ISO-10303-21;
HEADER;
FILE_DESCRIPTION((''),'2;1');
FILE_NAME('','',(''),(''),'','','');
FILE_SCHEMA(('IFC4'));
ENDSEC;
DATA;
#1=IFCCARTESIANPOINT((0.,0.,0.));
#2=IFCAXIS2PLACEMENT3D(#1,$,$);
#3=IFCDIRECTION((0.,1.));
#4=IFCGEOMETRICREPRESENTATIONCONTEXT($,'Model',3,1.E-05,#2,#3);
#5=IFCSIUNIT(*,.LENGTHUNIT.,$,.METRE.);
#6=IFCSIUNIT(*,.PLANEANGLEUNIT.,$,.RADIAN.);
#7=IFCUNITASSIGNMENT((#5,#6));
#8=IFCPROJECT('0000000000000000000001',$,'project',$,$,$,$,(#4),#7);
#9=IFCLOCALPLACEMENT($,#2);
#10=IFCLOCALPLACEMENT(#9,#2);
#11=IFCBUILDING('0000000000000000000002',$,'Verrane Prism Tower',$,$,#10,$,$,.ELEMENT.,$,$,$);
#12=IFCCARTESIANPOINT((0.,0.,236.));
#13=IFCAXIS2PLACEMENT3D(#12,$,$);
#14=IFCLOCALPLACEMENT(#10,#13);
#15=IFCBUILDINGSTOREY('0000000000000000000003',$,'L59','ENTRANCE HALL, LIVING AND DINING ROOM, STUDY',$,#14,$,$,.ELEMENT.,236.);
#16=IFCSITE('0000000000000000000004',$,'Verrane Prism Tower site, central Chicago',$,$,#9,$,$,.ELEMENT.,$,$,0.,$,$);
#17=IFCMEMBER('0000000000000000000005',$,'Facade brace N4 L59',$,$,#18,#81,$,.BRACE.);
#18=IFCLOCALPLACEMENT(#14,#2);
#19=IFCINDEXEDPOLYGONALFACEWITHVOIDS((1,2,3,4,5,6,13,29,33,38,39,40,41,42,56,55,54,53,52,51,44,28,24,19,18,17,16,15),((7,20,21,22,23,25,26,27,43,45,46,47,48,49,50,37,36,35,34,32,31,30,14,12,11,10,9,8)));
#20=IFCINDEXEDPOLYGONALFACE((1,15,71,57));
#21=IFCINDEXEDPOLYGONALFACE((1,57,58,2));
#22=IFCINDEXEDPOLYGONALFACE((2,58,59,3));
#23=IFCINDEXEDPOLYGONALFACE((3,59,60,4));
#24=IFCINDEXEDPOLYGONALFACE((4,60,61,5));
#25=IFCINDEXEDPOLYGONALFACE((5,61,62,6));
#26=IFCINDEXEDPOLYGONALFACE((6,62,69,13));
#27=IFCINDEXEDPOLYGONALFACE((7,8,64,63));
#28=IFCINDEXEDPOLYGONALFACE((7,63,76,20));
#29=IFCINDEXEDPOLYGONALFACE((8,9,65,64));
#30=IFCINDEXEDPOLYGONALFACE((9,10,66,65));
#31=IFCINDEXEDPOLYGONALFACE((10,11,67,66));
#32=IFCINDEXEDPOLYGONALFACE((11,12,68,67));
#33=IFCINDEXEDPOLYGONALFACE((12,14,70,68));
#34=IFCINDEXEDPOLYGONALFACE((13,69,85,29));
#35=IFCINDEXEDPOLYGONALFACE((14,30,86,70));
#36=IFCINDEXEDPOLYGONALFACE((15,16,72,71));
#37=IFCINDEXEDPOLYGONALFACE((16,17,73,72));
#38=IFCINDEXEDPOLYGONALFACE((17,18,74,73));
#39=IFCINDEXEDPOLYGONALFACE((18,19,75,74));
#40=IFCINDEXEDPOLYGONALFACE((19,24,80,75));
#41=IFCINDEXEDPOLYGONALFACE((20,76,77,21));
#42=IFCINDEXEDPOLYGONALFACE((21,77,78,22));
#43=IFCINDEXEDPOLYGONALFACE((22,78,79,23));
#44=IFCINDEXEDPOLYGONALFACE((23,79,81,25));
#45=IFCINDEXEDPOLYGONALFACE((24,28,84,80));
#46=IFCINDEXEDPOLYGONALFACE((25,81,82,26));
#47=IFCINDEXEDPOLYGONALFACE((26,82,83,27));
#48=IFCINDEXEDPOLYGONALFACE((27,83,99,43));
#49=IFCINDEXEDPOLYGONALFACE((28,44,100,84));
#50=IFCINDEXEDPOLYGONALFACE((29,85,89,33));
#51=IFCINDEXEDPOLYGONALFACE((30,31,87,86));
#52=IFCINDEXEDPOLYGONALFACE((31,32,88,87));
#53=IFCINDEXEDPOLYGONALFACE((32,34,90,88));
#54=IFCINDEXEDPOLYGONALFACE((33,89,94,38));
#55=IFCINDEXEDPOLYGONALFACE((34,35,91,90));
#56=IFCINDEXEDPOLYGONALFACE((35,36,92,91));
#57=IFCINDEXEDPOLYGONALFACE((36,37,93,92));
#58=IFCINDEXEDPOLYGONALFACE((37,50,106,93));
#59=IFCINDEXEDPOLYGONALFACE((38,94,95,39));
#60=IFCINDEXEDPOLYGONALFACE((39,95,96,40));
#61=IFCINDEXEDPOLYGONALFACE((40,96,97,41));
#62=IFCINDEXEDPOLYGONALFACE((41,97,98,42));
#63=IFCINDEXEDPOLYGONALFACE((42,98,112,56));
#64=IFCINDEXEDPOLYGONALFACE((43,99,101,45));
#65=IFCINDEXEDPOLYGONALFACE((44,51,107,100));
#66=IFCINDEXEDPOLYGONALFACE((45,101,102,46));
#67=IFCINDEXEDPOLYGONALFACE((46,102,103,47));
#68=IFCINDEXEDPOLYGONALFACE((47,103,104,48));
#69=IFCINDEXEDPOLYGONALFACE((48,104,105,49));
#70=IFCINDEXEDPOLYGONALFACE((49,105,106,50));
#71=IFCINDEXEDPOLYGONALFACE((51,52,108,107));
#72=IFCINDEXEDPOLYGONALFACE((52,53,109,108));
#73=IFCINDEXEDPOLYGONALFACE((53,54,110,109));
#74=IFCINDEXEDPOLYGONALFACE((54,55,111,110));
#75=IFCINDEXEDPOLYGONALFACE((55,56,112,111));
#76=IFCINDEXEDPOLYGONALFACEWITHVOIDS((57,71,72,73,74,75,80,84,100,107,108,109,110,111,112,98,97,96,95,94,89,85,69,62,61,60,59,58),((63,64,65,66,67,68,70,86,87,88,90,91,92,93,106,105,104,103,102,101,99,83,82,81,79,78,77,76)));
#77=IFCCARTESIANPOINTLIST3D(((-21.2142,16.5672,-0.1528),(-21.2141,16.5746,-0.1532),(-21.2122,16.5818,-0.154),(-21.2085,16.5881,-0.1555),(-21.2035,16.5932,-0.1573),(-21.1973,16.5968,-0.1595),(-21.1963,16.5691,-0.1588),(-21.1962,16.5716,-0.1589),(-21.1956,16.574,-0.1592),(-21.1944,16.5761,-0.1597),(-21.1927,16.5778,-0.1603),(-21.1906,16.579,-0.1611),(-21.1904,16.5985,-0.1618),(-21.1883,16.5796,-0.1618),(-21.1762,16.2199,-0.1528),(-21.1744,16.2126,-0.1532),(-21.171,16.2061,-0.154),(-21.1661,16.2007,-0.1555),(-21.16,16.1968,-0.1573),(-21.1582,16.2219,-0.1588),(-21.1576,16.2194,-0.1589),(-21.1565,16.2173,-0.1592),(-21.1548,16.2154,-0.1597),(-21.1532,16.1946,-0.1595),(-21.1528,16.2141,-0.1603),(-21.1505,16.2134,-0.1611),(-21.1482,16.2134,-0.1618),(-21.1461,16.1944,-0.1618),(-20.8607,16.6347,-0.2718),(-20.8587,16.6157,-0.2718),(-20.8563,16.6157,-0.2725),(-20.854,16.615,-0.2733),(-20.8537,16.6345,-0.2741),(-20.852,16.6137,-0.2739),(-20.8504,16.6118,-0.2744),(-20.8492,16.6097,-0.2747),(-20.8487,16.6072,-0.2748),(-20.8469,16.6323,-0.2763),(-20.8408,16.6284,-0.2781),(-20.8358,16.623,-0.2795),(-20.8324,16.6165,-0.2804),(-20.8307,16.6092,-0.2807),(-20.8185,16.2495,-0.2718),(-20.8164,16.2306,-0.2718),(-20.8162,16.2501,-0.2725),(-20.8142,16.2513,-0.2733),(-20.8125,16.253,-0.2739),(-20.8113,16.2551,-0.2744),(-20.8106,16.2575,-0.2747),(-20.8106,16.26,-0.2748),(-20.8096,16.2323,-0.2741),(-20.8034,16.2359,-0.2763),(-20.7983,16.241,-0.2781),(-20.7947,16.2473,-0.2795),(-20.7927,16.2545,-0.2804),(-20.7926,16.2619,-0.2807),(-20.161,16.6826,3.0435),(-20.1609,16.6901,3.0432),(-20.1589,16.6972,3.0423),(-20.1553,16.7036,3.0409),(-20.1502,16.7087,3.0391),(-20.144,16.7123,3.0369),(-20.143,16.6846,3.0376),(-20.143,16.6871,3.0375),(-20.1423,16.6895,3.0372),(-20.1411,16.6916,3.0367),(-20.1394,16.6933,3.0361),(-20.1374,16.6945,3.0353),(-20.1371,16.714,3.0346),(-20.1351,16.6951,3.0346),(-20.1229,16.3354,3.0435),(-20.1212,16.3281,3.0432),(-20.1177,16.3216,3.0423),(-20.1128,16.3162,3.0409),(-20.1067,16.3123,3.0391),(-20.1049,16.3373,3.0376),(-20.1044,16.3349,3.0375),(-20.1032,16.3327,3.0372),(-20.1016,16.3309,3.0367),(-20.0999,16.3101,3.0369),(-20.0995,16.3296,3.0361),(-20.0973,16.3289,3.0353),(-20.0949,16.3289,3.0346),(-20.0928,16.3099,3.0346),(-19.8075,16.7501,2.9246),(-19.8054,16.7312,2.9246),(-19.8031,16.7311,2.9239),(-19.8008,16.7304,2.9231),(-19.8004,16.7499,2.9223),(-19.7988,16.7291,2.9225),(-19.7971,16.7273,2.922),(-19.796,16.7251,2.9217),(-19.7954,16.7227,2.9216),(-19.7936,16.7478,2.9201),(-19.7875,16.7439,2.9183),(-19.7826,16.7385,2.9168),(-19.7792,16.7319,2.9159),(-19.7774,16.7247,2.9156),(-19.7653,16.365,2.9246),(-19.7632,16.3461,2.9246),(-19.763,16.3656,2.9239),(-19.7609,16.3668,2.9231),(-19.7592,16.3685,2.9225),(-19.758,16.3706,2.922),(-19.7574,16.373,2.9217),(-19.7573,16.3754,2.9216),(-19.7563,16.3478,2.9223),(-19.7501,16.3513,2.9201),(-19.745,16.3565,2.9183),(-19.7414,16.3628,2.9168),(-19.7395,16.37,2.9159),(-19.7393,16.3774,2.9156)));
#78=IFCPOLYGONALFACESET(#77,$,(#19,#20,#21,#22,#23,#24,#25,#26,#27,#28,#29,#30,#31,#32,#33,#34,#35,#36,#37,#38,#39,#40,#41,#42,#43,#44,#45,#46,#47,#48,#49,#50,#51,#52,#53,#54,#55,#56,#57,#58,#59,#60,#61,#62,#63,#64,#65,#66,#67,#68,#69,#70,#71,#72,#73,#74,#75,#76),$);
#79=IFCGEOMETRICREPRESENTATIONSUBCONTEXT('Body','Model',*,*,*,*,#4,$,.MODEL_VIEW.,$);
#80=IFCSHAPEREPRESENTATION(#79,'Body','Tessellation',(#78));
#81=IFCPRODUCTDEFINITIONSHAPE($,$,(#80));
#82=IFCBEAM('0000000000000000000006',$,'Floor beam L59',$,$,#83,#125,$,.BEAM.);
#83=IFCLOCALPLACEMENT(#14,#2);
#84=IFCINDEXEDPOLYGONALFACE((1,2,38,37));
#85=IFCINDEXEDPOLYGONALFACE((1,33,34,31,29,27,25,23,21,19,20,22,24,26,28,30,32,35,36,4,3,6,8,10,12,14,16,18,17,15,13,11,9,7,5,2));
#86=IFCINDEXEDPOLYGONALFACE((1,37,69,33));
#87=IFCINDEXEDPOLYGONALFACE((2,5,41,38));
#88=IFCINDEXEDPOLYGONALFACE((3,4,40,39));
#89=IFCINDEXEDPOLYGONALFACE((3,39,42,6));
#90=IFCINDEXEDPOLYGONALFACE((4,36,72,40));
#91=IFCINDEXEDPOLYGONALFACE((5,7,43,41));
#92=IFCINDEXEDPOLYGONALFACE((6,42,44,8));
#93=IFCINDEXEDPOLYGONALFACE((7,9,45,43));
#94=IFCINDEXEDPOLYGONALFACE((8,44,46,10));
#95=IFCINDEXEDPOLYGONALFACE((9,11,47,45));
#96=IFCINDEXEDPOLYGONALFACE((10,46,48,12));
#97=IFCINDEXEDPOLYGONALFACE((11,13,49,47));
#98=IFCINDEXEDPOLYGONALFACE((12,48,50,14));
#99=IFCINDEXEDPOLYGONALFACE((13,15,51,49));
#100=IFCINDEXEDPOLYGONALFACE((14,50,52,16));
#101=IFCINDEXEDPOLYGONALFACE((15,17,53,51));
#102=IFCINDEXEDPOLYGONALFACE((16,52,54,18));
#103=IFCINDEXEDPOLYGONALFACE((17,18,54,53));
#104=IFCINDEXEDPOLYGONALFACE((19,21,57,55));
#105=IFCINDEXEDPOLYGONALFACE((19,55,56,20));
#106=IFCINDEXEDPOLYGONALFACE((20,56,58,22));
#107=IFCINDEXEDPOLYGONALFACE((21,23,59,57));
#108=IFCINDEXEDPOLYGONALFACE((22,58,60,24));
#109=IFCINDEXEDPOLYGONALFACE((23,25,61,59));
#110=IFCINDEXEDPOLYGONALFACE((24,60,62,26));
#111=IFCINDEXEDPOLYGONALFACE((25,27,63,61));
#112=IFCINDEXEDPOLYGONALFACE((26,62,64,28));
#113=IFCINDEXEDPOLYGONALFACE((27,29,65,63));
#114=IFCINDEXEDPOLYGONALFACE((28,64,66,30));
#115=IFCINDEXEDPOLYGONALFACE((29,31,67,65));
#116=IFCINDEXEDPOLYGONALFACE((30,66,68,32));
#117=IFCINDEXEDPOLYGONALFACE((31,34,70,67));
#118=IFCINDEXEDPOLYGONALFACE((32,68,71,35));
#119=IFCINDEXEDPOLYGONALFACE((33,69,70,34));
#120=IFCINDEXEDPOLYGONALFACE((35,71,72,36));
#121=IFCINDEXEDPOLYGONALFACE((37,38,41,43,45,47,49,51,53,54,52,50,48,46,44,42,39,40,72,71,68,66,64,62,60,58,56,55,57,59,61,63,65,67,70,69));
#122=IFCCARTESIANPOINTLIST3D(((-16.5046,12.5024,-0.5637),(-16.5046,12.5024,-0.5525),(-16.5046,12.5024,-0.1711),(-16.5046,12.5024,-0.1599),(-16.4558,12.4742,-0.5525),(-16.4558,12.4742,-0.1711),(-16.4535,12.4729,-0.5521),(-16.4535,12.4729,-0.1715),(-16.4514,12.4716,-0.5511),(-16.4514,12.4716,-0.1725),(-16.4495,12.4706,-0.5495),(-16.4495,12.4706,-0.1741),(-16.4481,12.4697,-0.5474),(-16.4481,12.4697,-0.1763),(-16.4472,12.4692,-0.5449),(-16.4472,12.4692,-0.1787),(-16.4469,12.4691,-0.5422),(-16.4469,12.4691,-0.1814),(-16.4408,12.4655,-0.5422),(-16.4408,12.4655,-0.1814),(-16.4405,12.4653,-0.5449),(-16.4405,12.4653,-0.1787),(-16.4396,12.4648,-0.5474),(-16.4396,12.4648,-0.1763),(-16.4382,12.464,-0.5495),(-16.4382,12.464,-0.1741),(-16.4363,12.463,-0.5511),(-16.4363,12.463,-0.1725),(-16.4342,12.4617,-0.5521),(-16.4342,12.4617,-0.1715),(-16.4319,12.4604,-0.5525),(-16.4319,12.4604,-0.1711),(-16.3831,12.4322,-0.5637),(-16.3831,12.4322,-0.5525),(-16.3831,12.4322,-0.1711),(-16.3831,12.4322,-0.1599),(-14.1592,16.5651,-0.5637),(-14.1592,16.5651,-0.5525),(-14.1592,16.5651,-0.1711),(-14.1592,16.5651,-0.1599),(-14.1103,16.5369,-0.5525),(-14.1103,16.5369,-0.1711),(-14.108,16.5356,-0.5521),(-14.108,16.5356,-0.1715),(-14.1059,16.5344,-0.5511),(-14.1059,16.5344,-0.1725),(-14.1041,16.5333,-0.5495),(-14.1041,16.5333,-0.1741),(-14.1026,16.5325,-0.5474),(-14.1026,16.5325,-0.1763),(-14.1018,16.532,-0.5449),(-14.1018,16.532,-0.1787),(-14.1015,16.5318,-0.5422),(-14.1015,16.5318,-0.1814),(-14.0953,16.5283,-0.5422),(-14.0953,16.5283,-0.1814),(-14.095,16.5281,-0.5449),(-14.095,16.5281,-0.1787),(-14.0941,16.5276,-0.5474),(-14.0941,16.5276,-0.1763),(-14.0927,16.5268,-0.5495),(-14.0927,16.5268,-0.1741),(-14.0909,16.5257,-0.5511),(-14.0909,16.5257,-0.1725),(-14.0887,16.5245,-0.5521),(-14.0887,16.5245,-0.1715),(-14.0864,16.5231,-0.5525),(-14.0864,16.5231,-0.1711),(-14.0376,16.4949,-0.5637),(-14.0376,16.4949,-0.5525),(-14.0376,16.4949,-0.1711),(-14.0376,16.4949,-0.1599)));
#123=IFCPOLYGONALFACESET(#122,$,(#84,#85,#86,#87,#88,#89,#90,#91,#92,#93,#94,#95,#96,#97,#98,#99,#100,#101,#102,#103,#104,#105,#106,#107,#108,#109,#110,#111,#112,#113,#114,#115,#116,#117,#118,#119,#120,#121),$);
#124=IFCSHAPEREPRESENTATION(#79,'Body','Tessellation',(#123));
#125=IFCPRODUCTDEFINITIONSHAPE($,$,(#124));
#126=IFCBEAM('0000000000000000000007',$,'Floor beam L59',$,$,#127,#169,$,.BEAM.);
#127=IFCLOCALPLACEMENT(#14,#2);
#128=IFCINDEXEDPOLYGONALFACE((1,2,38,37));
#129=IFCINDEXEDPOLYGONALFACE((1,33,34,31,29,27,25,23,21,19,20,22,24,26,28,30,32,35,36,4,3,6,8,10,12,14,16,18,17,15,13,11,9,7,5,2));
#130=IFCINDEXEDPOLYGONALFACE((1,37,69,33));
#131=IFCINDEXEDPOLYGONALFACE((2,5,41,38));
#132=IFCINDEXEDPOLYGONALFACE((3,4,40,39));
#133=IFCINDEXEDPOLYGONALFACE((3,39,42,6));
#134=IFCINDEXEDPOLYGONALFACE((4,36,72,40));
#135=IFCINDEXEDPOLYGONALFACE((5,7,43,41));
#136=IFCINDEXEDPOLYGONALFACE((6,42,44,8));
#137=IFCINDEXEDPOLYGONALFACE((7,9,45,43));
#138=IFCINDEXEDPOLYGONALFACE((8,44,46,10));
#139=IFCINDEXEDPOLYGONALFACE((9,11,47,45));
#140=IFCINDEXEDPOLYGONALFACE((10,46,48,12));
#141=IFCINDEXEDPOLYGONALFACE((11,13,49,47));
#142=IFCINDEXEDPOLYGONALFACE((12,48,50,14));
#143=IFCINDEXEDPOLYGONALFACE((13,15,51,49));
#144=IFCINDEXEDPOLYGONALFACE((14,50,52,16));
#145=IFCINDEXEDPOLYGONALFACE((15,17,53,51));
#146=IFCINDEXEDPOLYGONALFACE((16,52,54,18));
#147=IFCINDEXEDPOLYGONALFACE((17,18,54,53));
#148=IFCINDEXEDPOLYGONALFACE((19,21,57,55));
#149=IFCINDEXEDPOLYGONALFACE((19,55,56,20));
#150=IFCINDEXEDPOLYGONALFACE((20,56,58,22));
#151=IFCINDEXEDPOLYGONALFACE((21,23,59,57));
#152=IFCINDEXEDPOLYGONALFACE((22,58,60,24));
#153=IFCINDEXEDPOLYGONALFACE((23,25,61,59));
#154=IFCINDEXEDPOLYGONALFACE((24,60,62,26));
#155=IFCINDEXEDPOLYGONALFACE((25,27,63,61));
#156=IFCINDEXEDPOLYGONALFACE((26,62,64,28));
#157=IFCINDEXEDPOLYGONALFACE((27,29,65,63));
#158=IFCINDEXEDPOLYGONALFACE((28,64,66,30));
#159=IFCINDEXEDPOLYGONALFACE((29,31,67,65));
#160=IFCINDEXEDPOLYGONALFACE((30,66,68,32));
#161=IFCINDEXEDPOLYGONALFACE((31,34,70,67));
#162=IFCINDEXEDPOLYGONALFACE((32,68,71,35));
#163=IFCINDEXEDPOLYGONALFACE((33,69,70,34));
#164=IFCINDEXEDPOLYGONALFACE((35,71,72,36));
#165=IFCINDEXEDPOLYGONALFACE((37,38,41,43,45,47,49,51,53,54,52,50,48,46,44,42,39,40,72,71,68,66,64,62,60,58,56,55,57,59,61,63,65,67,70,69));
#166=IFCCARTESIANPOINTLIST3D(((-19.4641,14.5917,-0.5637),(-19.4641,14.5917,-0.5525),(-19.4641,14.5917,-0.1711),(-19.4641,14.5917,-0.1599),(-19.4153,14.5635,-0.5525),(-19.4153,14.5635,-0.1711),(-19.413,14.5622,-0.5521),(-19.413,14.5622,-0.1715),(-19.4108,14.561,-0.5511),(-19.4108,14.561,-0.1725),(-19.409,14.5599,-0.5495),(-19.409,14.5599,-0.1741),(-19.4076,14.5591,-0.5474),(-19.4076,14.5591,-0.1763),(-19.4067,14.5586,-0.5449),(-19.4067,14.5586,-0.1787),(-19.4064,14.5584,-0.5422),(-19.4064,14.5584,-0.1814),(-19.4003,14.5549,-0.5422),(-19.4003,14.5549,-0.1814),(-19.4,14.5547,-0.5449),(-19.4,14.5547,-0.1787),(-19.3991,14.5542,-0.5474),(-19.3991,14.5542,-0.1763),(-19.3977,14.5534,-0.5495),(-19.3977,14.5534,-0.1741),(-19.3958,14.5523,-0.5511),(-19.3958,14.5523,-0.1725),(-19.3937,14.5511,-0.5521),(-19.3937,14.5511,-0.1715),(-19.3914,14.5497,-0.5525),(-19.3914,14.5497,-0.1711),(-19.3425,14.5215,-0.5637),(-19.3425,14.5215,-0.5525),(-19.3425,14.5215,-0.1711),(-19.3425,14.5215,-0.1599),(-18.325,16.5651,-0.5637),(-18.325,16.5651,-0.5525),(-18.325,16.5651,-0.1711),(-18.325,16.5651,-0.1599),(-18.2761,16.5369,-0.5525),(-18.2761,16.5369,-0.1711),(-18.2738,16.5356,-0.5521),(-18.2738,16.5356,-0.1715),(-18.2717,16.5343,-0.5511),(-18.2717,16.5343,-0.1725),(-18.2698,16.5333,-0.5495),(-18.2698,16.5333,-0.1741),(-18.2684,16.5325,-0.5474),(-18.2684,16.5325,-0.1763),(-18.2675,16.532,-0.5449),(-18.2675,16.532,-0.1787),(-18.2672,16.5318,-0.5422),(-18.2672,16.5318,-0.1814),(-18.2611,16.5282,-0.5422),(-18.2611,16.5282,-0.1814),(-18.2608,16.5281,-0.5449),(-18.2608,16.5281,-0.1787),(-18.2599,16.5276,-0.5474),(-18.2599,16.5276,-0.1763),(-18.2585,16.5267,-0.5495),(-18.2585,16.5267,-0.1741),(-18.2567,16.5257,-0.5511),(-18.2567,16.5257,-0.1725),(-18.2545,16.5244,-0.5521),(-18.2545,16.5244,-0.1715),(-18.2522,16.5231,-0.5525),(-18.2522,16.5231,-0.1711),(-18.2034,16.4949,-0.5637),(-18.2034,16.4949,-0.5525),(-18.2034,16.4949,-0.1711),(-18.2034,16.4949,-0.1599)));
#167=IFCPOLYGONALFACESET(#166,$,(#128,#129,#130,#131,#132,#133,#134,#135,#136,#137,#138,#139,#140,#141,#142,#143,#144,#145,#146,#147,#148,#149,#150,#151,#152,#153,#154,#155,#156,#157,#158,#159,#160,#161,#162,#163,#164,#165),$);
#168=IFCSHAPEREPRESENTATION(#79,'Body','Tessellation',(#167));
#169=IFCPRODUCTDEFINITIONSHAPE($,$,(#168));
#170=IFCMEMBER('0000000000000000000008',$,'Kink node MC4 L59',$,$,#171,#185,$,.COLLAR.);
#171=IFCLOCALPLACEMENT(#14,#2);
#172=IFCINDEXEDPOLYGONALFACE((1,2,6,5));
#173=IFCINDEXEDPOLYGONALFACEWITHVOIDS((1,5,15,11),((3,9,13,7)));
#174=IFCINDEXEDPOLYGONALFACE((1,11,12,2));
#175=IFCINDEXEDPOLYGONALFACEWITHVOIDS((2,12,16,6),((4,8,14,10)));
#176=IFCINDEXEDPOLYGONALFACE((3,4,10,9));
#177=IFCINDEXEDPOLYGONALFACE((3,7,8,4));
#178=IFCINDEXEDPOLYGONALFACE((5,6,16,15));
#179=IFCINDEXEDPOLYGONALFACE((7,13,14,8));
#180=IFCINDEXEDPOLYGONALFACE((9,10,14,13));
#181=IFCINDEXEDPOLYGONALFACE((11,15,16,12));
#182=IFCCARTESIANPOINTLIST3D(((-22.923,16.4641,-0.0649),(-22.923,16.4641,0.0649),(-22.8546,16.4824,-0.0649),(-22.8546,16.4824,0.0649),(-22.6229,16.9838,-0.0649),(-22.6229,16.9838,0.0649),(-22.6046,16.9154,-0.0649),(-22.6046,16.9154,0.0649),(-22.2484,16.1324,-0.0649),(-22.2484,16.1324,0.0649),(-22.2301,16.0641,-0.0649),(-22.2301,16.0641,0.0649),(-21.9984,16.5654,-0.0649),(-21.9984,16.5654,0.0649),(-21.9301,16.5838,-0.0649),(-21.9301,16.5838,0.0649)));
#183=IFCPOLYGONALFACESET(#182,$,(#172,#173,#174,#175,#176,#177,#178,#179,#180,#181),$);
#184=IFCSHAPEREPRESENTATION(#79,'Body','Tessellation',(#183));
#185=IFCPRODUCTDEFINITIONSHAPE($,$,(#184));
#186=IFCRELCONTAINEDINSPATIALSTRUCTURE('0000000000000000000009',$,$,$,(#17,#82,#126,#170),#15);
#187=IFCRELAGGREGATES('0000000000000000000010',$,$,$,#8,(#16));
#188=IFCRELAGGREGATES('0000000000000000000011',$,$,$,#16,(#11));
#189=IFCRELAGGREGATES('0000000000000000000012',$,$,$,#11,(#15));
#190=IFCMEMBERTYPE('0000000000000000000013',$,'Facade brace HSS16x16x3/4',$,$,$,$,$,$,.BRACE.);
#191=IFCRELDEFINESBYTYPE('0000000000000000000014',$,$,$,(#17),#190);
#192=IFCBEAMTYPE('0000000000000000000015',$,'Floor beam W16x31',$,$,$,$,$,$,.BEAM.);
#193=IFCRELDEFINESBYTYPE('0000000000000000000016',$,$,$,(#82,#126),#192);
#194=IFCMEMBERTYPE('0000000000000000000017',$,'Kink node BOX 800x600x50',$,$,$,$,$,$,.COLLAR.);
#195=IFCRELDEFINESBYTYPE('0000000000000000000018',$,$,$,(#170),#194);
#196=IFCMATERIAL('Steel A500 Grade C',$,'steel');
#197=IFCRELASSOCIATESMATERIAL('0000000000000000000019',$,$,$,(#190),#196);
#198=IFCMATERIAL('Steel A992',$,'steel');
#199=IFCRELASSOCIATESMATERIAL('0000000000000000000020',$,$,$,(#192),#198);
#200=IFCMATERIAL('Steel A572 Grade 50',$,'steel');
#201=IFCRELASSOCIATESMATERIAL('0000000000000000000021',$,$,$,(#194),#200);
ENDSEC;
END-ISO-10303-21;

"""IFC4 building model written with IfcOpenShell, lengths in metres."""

from ifc_helpers import new_model, si_unit, direction, frame, origin, origin_2d, place, context, subcontext, project, spatial, hollow_rectangle, i_section, extrude, material, material_profile, profile_set, type_object, element, save


model = new_model("IFC4")

# Units and contexts
model_context = context("Model", 3, precision=1e-05, world=origin(), true_north=direction((0.0, 1.0)))
body_context = subcontext(model_context, "Body", "Model", "MODEL_VIEW")
ifc_project = project(units=[si_unit("LENGTHUNIT", "METRE"), si_unit("PLANEANGLEUNIT", "RADIAN")], contexts=[model_context])

# Site, building, storey
site_placement = place(None, origin())
site = spatial("IfcSite", under=ifc_project, at=site_placement, Name="Verrane Prism Tower site, central Chicago", CompositionType="ELEMENT", RefElevation=0.0)
building_placement = place(site_placement, origin())
building = spatial("IfcBuilding", under=site, at=building_placement, Name="Verrane Prism Tower", CompositionType="ELEMENT")
storey_placement = place(building_placement, frame((0.0, 0.0, 236.0)))
storey = spatial("IfcBuildingStorey", under=building, at=storey_placement, Name="L59", Description="ENTRANCE HALL, LIVING AND DINING ROOM, STUDY", CompositionType="ELEMENT", Elevation=236.0)

# Member
ifc_material_1 = material(Name="Steel A500 Grade C", Category="steel")
ifc_material_profile_1 = material_profile(ifc_material_1, hollow_rectangle(XDim=0.4065, YDim=0.4065, WallThickness=0.019, InnerFilletRadius=0.0095, OuterFilletRadius=0.0286, at=origin_2d()), Name="HSS16x16x3/4")
ifc_profile_set_1 = profile_set([ifc_material_profile_1], Name="Steel A500 Grade C")
member_type_1 = type_object("IfcMemberType", Name="Facade brace HSS16x16x3/4", PredefinedType="BRACE", material=ifc_profile_set_1)
member_1_placement = place(storey_placement, frame((-21.0034, 16.4146, -0.2168), z_axis=(0.312777, 0.034294, 0.949207), x_axis=(-0.10899, 0.994043, 0.0)))
element("IfcMember", 1, at=member_1_placement, inside=storey, type_object=member_type_1, Name="Facade brace N4 L59", PredefinedType="BRACE", context=body_context, shape_type="SweptSolid", body=[
    extrude(hollow_rectangle(XDim=0.4065, YDim=0.4065, WallThickness=0.019, InnerFilletRadius=0.0095, OuterFilletRadius=0.0286, at=origin_2d()), origin(), (0.0, 0.0, 1.0), 3.3674),
])

# Beams
ifc_material_2 = material(Name="Steel A992", Category="steel")
ifc_material_profile_2 = material_profile(ifc_material_2, i_section(OverallWidth=0.1404, OverallDepth=0.4038, WebThickness=0.0071, FlangeThickness=0.0112, FilletRadius=0.0103, at=origin_2d()), Name="W16x31")
ifc_profile_set_2 = profile_set([ifc_material_profile_2], Name="Steel A992")
beam_type_1 = type_object("IfcBeamType", Name="Floor beam W16x31", PredefinedType="BEAM", material=ifc_profile_set_2)
beam_1_placement = place(storey_placement, frame((-16.4438, 12.4673, -0.3618), z_axis=(0.499973, 0.866041, 0.0), x_axis=(-0.866041, 0.499973, 0.0)))
element("IfcBeam", 2, at=beam_1_placement, inside=storey, type_object=beam_type_1, Name="Floor beam L59", PredefinedType="BEAM", context=body_context, shape_type="SweptSolid", body=[
    extrude(i_section(OverallWidth=0.1404, OverallDepth=0.4038, WebThickness=0.0071, FlangeThickness=0.0112, FilletRadius=0.0103, at=origin_2d()), origin(), (0.0, 0.0, 1.0), 4.6912),
])
beam_2_placement = place(storey_placement, frame((-19.4033, 14.5566, -0.3618), z_axis=(0.499942, 0.866059, 0.0), x_axis=(-0.866059, 0.499942, 0.0)))
element("IfcBeam", 3, at=beam_2_placement, inside=storey, type_object=beam_type_1, Name="Floor beam L59", PredefinedType="BEAM", context=body_context, shape_type="SweptSolid", body=[
    extrude(i_section(OverallWidth=0.1404, OverallDepth=0.4038, WebThickness=0.0071, FlangeThickness=0.0112, FilletRadius=0.0103, at=origin_2d()), origin(), (0.0, 0.0, 1.0), 2.2786),
])

# Member
ifc_material_3 = material(Name="Steel A572 Grade 50", Category="steel")
ifc_material_profile_3 = material_profile(ifc_material_3, hollow_rectangle(XDim=0.6001, YDim=0.8, WallThickness=0.05, at=origin_2d()), Name="BOX 800x600x50")
ifc_profile_set_3 = profile_set([ifc_material_profile_3], Name="Steel A572 Grade 50")
member_type_2 = type_object("IfcMemberType", Name="Kink node BOX 800x600x50", PredefinedType="COLLAR", material=ifc_profile_set_3)
member_2_placement = place(storey_placement, frame((-22.4265, 16.5239, -0.0649), z_axis=(0.0, 0.0, 1.0), x_axis=(0.5, 0.866025, 0.0)))
element("IfcMember", 4, at=member_2_placement, inside=storey, type_object=member_type_2, Name="Kink node MC4 L59", PredefinedType="COLLAR", context=body_context, shape_type="SweptSolid", body=[
    extrude(hollow_rectangle(XDim=0.6001, YDim=0.8, WallThickness=0.05, at=origin_2d()), origin(), (0.0, 0.0, 1.0), 0.1299),
])

save(model, "model.ifc")
